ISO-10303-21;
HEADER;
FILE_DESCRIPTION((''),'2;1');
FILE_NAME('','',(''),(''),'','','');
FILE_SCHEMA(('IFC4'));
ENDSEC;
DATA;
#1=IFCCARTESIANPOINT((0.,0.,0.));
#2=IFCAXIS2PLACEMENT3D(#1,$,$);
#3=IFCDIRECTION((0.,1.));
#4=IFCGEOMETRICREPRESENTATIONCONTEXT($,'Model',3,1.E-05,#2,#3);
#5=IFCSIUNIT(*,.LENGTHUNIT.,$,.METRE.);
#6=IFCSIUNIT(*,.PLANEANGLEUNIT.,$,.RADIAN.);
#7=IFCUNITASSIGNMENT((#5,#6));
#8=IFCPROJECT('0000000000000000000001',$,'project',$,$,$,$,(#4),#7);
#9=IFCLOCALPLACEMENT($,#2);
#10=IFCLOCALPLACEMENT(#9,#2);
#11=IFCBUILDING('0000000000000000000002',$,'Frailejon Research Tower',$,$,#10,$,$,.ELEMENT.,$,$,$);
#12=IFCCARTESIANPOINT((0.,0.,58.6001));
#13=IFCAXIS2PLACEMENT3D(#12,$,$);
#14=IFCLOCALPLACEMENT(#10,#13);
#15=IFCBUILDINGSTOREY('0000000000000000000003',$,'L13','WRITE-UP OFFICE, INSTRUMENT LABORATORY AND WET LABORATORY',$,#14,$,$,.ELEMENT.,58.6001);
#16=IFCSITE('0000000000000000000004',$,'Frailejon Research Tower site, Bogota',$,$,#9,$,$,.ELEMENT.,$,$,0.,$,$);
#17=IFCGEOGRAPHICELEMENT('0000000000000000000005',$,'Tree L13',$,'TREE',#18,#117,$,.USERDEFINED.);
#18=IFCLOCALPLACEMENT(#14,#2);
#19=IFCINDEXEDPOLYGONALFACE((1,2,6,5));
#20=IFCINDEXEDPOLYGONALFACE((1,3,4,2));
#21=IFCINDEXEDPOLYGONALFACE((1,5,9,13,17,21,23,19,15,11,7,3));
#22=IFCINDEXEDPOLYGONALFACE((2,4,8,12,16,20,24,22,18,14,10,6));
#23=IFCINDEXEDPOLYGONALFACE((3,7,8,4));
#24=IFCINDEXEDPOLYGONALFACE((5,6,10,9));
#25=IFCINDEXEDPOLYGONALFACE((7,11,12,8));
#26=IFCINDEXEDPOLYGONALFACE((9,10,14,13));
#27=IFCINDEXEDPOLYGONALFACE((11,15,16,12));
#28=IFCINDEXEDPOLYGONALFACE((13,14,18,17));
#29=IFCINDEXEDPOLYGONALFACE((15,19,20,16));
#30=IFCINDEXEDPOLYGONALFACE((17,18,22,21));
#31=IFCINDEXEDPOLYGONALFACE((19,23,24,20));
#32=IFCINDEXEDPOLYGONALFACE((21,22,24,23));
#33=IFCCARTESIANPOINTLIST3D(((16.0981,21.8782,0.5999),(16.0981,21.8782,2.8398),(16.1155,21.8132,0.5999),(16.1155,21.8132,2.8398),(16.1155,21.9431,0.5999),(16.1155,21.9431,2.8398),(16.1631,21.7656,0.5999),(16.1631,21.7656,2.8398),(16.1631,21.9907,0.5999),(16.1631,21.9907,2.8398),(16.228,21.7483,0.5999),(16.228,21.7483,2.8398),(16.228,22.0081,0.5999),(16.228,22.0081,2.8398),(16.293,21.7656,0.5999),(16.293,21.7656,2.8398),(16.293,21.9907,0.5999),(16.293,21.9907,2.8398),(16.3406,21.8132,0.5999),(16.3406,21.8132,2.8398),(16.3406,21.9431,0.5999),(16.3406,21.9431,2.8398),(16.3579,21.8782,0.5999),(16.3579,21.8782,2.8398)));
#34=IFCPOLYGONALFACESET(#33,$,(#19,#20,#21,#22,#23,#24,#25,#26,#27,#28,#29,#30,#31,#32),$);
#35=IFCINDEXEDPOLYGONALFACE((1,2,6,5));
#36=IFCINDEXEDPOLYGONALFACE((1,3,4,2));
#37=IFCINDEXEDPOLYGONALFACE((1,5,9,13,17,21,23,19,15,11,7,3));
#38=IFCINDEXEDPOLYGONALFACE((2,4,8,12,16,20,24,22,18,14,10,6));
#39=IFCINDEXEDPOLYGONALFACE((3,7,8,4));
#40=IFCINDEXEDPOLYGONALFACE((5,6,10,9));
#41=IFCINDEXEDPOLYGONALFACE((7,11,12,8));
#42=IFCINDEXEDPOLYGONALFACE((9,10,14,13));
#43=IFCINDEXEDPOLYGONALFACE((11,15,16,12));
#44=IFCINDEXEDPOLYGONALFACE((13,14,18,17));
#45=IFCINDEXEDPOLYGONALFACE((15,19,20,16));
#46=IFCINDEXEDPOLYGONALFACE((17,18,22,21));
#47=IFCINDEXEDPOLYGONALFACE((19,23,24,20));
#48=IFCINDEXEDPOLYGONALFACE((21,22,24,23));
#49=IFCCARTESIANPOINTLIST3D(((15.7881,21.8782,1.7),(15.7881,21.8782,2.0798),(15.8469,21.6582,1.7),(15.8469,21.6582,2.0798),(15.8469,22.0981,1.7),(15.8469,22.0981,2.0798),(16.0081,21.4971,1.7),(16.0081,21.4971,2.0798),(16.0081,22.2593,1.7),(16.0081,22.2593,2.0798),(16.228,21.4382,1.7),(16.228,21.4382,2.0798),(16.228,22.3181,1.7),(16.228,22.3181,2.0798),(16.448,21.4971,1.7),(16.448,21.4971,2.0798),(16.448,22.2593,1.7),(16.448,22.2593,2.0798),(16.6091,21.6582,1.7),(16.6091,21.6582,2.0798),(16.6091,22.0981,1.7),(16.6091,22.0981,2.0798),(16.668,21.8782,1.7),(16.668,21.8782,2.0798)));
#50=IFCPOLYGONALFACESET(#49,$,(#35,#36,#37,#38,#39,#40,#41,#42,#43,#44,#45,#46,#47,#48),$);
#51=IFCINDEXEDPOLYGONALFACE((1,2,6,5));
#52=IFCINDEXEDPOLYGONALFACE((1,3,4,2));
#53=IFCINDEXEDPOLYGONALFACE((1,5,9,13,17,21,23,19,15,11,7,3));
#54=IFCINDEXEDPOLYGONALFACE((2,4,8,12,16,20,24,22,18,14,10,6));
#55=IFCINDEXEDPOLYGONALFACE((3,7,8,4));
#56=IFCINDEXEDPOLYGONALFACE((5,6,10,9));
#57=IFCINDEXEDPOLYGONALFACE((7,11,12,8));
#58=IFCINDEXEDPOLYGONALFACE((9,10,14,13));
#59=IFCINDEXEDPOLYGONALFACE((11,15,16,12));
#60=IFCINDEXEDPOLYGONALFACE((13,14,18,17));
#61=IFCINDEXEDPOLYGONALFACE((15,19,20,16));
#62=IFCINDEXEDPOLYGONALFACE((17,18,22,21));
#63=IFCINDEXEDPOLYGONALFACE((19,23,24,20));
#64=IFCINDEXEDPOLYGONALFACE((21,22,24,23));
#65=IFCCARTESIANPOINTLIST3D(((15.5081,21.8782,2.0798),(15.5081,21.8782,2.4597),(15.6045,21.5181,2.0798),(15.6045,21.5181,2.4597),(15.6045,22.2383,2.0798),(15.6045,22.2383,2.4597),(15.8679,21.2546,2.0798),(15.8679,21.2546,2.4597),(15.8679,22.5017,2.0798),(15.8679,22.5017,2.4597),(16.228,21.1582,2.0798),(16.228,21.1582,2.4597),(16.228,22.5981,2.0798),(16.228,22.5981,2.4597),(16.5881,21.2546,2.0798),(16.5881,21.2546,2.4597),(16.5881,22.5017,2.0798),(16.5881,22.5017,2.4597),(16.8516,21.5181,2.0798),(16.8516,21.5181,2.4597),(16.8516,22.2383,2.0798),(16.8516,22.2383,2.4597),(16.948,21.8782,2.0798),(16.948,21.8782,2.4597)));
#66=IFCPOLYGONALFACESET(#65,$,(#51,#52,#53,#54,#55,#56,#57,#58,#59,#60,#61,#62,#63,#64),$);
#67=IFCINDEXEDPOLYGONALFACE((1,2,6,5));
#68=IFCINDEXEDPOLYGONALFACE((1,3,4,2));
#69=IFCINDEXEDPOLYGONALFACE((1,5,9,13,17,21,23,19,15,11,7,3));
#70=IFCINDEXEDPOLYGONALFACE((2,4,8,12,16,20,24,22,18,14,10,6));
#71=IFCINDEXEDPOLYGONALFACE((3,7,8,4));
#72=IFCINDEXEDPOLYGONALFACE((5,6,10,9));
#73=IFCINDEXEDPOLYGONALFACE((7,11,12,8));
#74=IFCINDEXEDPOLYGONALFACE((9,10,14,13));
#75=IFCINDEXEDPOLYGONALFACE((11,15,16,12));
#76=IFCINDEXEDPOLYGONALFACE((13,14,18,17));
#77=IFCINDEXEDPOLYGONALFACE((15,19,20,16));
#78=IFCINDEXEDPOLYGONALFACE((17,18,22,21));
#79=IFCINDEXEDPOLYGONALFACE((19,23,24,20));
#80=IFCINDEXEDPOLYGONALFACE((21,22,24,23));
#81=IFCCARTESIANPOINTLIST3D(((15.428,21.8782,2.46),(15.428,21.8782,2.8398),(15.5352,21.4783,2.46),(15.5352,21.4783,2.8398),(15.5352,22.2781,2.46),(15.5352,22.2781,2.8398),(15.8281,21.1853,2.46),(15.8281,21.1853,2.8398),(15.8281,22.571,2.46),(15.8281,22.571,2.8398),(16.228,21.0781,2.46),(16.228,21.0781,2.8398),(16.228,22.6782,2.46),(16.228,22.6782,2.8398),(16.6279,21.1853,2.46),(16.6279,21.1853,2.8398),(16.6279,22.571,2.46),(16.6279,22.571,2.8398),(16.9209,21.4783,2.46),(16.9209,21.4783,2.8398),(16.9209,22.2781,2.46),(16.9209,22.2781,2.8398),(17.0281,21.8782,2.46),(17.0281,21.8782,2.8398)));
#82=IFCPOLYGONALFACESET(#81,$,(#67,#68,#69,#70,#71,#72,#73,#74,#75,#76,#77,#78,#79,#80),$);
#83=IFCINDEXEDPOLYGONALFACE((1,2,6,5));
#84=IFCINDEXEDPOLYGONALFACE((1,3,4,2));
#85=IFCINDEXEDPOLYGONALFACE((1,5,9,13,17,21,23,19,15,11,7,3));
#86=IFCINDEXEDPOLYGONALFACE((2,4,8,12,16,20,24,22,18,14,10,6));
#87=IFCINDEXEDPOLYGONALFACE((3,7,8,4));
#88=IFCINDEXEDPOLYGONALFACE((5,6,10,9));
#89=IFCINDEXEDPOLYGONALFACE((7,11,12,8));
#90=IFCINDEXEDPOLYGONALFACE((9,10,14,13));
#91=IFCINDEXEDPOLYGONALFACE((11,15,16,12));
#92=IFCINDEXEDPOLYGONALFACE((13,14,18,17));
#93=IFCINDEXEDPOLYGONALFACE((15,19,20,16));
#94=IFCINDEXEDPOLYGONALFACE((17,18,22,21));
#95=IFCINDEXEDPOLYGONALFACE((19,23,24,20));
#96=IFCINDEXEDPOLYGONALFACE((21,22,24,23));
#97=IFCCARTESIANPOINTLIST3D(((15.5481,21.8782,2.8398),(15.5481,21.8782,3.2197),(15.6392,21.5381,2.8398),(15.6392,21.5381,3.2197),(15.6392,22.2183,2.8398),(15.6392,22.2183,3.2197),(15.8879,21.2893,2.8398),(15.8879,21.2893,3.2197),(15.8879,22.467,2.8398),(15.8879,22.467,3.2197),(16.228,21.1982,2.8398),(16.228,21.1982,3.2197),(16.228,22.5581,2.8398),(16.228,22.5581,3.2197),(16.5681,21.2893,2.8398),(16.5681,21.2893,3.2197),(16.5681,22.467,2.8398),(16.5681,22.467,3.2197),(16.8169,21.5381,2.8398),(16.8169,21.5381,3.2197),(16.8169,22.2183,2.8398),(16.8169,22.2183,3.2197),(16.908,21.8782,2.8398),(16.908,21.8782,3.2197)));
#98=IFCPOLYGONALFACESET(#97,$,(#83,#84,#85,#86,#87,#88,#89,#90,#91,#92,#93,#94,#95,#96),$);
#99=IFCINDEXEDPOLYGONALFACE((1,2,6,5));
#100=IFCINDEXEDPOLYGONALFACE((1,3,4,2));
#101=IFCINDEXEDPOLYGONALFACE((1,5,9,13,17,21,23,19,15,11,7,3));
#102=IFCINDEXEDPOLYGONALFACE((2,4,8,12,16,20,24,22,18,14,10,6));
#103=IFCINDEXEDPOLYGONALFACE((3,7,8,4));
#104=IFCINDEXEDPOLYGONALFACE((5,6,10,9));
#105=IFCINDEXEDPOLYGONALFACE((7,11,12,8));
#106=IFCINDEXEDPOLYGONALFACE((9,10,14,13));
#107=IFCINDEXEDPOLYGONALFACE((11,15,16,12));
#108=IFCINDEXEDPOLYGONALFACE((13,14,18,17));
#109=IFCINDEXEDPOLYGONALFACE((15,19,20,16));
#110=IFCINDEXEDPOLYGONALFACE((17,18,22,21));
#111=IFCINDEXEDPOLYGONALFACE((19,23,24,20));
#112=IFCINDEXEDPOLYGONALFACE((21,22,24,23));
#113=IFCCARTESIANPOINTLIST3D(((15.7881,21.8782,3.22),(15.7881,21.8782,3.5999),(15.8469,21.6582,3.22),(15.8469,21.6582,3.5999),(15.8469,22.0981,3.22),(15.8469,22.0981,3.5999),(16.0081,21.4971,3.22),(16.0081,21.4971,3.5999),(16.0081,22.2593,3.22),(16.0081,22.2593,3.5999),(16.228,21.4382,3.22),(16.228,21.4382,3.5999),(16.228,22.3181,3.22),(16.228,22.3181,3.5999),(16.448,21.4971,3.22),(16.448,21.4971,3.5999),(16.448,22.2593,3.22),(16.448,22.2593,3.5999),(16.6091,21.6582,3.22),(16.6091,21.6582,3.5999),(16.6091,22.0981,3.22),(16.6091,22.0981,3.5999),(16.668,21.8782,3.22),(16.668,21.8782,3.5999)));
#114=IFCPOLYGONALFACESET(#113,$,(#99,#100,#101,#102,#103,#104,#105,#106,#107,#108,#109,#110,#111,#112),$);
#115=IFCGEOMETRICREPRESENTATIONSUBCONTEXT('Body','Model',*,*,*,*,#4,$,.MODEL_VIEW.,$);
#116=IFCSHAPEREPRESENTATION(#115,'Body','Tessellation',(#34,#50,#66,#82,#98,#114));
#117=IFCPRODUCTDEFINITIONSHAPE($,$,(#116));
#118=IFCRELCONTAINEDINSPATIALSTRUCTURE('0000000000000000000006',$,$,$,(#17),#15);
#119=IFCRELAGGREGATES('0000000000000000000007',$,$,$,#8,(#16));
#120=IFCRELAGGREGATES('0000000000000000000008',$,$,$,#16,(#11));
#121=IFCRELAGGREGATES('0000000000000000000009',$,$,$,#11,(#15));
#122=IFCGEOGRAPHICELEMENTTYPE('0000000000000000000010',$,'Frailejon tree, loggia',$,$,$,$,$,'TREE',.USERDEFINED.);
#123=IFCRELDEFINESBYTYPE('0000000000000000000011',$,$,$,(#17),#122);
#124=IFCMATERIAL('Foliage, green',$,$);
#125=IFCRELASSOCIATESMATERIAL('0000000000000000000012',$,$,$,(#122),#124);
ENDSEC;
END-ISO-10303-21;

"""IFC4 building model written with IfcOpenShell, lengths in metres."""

from ifc_helpers import new_model, si_unit, direction, frame, origin, place, context, subcontext, project, spatial, polyline, outline, extrude, material, type_object, element, save


model = new_model("IFC4")

# Units and contexts
model_context = context("Model", 3, precision=1e-05, world=origin(), true_north=direction((0.0, 1.0)))
body_context = subcontext(model_context, "Body", "Model", "MODEL_VIEW")
ifc_project = project(units=[si_unit("LENGTHUNIT", "METRE"), si_unit("PLANEANGLEUNIT", "RADIAN")], contexts=[model_context])

# Site, building, storey
site_placement = place(None, origin())
site = spatial("IfcSite", under=ifc_project, at=site_placement, Name="Frailejon Research Tower site, Bogota", CompositionType="ELEMENT", RefElevation=0.0)
building_placement = place(site_placement, origin())
building = spatial("IfcBuilding", under=site, at=building_placement, Name="Frailejon Research Tower", CompositionType="ELEMENT")
storey_placement = place(building_placement, frame((0.0, 0.0, 58.6001)))
storey = spatial("IfcBuildingStorey", under=building, at=storey_placement, Name="L13", Description="WRITE-UP OFFICE, INSTRUMENT LABORATORY AND WET LABORATORY", CompositionType="ELEMENT", Elevation=58.6001)

# Geographic element
ifc_material_1 = material(Name="Foliage, green")
geographic_element_type = type_object("IfcGeographicElementType", Name="Frailejon tree, loggia", ElementType="TREE", PredefinedType="USERDEFINED", material=ifc_material_1)
geographic_element_placement = place(storey_placement, frame((16.228, 21.8782, 0.5999)))
element("IfcGeographicElement", 1, at=geographic_element_placement, inside=storey, type_object=geographic_element_type, Name="Tree L13", ObjectType="TREE", PredefinedType="USERDEFINED", context=body_context, shape_type="SweptSolid", body=[
    extrude(outline(polyline([(0.1299, 0.0), (0.1125, 0.0649), (0.0649, 0.1125), (0.0, 0.1299), (-0.0649, 0.1125), (-0.1125, 0.0649), (-0.1299, 0.0), (-0.1125, -0.0649), (-0.0649, -0.1125), (0.0, -0.1299), (0.0649, -0.1125), (0.1125, -0.0649), (0.1299, 0.0)])), origin(), (0.0, 0.0, 1.0), 2.24),
    extrude(outline(polyline([(0.4399, 0.0), (0.3811, 0.22), (0.22, 0.3811), (0.0, 0.4399), (-0.22, 0.3811), (-0.3811, 0.22), (-0.4399, 0.0), (-0.3811, -0.22), (-0.22, -0.3811), (0.0, -0.4399), (0.22, -0.3811), (0.3811, -0.22), (0.4399, 0.0)])), frame((0.0, 0.0, 1.1001)), (0.0, 0.0, 1.0), 0.3799),
    extrude(outline(polyline([(0.72, 0.0), (0.6235, 0.3601), (0.3601, 0.6235), (0.0, 0.72), (-0.3601, 0.6235), (-0.6235, 0.3601), (-0.72, 0.0), (-0.6235, -0.3601), (-0.3601, -0.6235), (0.0, -0.72), (0.3601, -0.6235), (0.6235, -0.3601), (0.72, 0.0)])), frame((0.0, 0.0, 1.48)), (0.0, 0.0, 1.0), 0.3799),
    extrude(outline(polyline([(0.8, 0.0), (0.6929, 0.3999), (0.3999, 0.6929), (0.0, 0.8), (-0.3999, 0.6929), (-0.6929, 0.3999), (-0.8, 0.0), (-0.6929, -0.3999), (-0.3999, -0.6929), (0.0, -0.8), (0.3999, -0.6929), (0.6929, -0.3999), (0.8, 0.0)])), frame((0.0, 0.0, 1.8601)), (0.0, 0.0, 1.0), 0.3799),
    extrude(outline(polyline([(0.6799, 0.0), (0.5889, 0.3401), (0.3401, 0.5889), (0.0, 0.6799), (-0.3401, 0.5889), (-0.5889, 0.3401), (-0.6799, 0.0), (-0.5889, -0.3401), (-0.3401, -0.5889), (0.0, -0.6799), (0.3401, -0.5889), (0.5889, -0.3401), (0.6799, 0.0)])), frame((0.0, 0.0, 2.24)), (0.0, 0.0, 1.0), 0.3799),
    extrude(outline(polyline([(0.4399, 0.0), (0.3811, 0.22), (0.22, 0.3811), (0.0, 0.4399), (-0.22, 0.3811), (-0.3811, 0.22), (-0.4399, 0.0), (-0.3811, -0.22), (-0.22, -0.3811), (0.0, -0.4399), (0.22, -0.3811), (0.3811, -0.22), (0.4399, 0.0)])), frame((0.0, 0.0, 2.6201)), (0.0, 0.0, 1.0), 0.3799),
])

save(model, "model.ifc")
